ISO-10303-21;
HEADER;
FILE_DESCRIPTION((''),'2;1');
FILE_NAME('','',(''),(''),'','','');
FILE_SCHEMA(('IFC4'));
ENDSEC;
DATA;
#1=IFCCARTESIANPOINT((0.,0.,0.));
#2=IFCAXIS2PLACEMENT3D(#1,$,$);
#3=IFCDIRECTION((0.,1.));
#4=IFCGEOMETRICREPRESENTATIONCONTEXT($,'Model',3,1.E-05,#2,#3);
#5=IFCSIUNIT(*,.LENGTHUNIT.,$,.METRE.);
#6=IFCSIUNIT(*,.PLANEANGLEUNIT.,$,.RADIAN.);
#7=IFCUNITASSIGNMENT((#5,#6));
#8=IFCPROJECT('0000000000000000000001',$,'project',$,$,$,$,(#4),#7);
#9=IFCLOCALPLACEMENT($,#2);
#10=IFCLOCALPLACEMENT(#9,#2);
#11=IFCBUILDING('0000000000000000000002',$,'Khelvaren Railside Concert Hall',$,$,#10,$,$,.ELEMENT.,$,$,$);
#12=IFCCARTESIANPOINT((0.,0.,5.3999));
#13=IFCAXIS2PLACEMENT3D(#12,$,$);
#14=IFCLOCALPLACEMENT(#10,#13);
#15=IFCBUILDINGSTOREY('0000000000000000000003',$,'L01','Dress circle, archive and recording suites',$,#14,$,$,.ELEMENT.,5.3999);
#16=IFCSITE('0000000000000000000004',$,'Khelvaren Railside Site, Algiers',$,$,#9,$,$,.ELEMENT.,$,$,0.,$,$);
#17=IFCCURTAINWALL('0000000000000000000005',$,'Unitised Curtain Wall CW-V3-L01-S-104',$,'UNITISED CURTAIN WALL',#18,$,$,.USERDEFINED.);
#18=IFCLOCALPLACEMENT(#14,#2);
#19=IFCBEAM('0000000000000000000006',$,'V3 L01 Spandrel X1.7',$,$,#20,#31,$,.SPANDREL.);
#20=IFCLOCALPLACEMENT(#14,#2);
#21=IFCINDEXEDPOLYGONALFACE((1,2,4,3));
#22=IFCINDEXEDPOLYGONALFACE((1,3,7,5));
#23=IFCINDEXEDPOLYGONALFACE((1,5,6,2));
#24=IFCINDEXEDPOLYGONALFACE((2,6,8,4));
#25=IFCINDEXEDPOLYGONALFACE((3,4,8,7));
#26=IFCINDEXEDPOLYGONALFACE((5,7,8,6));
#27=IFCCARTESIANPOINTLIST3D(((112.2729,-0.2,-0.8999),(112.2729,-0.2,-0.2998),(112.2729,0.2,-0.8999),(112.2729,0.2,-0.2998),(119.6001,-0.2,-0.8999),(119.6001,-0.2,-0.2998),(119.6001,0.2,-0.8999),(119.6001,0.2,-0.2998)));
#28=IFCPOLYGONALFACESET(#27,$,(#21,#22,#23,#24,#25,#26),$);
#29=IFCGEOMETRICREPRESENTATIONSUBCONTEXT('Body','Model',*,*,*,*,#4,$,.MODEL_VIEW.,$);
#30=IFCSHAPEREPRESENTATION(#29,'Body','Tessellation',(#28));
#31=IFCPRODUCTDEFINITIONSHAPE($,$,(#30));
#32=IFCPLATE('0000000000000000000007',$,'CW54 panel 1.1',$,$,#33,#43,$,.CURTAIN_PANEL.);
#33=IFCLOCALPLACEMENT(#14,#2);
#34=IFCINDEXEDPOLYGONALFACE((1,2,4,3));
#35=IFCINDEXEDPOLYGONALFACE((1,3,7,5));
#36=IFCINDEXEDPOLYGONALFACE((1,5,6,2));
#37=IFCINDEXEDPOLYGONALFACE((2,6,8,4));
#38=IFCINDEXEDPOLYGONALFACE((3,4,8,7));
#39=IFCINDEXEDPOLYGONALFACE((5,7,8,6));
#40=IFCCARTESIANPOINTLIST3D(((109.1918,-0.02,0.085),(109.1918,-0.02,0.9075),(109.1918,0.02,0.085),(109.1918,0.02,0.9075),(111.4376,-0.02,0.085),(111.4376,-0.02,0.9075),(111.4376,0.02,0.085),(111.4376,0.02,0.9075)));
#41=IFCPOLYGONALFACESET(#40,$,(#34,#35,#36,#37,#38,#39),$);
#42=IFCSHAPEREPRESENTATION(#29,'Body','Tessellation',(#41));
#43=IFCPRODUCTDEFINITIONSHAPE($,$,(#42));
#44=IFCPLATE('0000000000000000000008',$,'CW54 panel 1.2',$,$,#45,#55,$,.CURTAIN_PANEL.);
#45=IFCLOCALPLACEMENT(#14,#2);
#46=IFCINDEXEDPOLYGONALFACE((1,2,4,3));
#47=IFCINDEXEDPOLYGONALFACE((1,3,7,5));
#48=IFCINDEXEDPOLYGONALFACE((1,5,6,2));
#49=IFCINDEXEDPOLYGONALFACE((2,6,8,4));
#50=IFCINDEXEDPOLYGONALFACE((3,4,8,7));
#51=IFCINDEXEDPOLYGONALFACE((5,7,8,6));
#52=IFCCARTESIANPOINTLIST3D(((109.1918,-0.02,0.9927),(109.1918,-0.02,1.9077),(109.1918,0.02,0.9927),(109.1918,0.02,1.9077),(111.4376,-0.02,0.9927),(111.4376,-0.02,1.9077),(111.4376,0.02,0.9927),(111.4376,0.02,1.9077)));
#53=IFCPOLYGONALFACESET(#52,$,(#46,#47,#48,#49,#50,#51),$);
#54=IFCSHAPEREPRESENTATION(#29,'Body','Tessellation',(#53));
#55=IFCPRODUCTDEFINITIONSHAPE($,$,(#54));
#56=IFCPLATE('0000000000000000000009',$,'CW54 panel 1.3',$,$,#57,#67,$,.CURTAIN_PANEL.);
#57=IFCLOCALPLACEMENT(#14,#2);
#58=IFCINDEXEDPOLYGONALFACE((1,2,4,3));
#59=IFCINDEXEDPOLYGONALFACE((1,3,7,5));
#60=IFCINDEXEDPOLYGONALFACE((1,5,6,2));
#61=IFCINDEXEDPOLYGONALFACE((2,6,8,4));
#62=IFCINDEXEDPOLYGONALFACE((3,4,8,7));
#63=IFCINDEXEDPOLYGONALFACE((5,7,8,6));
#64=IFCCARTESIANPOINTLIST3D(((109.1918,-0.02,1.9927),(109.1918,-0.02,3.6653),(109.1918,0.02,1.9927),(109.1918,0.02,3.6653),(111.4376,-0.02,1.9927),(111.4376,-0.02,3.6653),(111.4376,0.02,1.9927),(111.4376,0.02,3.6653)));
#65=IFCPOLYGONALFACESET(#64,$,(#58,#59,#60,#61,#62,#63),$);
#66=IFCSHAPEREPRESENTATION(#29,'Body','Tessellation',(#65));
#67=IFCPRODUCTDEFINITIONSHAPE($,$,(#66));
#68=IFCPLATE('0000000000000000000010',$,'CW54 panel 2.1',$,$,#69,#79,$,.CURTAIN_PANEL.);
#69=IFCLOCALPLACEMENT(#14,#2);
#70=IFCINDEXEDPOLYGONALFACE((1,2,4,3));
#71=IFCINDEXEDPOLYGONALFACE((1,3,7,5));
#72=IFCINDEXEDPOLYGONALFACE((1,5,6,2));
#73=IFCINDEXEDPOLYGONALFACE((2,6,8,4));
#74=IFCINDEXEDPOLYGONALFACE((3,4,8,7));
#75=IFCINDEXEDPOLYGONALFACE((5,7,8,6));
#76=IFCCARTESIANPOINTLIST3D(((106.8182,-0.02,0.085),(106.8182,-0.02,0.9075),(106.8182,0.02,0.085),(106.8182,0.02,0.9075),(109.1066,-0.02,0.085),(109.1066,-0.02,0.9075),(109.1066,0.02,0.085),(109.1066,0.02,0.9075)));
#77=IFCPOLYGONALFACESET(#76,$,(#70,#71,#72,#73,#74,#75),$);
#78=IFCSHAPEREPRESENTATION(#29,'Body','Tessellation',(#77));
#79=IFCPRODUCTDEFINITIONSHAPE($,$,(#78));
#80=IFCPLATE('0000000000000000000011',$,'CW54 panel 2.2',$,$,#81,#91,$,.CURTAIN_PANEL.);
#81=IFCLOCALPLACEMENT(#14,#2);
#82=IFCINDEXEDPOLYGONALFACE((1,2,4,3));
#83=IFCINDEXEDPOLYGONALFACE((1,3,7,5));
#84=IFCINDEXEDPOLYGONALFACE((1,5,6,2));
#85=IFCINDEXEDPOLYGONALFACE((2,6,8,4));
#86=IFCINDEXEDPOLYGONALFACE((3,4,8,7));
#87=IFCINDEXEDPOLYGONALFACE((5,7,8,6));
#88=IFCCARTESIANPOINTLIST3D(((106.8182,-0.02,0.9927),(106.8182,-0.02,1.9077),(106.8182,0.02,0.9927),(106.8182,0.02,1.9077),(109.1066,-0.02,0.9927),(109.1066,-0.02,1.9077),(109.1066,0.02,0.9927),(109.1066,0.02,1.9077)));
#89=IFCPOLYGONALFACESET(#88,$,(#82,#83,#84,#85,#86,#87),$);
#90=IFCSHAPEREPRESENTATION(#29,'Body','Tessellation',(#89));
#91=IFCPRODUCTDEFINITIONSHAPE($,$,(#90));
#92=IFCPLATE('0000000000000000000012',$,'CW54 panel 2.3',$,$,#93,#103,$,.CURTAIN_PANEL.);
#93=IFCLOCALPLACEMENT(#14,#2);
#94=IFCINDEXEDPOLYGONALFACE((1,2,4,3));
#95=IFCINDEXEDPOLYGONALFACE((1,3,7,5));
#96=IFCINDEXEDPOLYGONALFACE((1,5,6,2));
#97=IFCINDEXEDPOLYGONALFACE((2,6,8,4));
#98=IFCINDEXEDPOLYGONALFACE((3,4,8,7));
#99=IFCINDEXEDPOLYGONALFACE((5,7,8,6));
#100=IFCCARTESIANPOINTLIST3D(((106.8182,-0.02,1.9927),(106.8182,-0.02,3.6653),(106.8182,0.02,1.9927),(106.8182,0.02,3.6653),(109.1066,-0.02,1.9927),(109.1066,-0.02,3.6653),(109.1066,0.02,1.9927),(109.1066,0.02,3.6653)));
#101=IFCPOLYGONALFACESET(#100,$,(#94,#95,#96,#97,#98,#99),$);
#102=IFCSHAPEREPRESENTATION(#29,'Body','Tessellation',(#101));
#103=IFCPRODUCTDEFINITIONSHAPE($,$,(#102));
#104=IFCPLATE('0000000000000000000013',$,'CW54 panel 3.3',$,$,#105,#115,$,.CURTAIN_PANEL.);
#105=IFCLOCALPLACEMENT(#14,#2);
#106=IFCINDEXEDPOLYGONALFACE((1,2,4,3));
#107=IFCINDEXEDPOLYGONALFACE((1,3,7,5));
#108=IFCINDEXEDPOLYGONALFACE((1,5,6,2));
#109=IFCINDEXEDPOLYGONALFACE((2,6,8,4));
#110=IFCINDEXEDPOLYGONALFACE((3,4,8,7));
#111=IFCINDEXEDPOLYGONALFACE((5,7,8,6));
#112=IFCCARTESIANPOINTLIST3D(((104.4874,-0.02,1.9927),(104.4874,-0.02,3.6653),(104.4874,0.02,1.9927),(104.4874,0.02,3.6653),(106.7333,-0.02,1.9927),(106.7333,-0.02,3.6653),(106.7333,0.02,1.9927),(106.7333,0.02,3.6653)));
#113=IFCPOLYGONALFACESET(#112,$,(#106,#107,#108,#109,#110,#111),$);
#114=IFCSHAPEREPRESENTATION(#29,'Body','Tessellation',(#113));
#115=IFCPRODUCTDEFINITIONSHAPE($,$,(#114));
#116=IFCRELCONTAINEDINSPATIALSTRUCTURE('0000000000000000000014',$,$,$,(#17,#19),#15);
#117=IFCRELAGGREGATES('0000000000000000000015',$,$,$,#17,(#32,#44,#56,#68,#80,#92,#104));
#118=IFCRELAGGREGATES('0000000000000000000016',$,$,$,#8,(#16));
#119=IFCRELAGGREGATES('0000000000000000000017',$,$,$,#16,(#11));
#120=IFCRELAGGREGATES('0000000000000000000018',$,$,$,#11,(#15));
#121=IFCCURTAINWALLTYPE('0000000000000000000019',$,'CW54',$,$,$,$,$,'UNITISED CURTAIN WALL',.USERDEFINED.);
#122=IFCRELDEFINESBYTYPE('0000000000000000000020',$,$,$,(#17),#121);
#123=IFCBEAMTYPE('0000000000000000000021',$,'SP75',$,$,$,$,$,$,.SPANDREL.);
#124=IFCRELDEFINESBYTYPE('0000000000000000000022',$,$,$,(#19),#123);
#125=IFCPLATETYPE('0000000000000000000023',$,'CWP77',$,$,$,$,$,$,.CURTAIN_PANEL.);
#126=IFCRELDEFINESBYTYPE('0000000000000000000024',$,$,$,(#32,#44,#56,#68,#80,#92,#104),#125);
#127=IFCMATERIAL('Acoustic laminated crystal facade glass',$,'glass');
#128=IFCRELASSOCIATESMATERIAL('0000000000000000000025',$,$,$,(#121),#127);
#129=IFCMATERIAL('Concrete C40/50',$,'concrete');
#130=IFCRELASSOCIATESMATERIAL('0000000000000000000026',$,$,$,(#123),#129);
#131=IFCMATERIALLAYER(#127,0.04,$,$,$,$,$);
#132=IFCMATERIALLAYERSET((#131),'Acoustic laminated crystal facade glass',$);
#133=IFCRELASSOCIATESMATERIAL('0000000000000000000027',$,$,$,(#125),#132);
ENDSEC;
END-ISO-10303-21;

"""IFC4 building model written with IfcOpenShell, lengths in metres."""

from ifc_helpers import new_model, si_unit, direction, frame, origin, origin_2d, place, context, subcontext, project, spatial, rectangle, extrude, material, layer, layer_set, material_profile, profile_set, type_object, element, aggregate, save


model = new_model("IFC4")

# Units and contexts
model_context = context("Model", 3, precision=1e-05, world=origin(), true_north=direction((0.0, 1.0)))
body_context = subcontext(model_context, "Body", "Model", "MODEL_VIEW")
ifc_project = project(units=[si_unit("LENGTHUNIT", "METRE"), si_unit("PLANEANGLEUNIT", "RADIAN")], contexts=[model_context])

# Site, building, storey
site_placement = place(None, origin())
site = spatial("IfcSite", under=ifc_project, at=site_placement, Name="Khelvaren Railside Site, Algiers", CompositionType="ELEMENT", RefElevation=0.0)
building_placement = place(site_placement, origin())
building = spatial("IfcBuilding", under=site, at=building_placement, Name="Khelvaren Railside Concert Hall", CompositionType="ELEMENT")
storey_placement = place(building_placement, frame((0.0, 0.0, 5.3999)))
storey = spatial("IfcBuildingStorey", under=building, at=storey_placement, Name="L01", Description="Dress circle, archive and recording suites", CompositionType="ELEMENT", Elevation=5.3999)

# Curtain wall
ifc_material_1 = material(Name="Acoustic laminated crystal facade glass", Category="glass")
curtain_wall_type = type_object("IfcCurtainWallType", Name="CW54", ElementType="UNITISED CURTAIN WALL", PredefinedType="USERDEFINED", material=ifc_material_1)
curtain_wall_placement = place(storey_placement, origin())
curtain_wall = element("IfcCurtainWall", 1, at=curtain_wall_placement, inside=storey, type_object=curtain_wall_type, Name="Unitised Curtain Wall CW-V3-L01-S-104", ObjectType="UNITISED CURTAIN WALL", PredefinedType="USERDEFINED")

# Beam
ifc_material_2 = material(Name="Concrete C40/50", Category="concrete")
ifc_material_profile_1 = material_profile(ifc_material_2, rectangle(XDim=0.3999, YDim=0.6001, at=origin_2d()), Name="RCB 400x600")
ifc_profile_set_1 = profile_set([ifc_material_profile_1], Name="Concrete C40/50")
beam_type_1 = type_object("IfcBeamType", Name="SP75", PredefinedType="SPANDREL", material=ifc_profile_set_1)
beam_1_placement = place(storey_placement, frame((112.2729, 0.0, -0.5999), z_axis=(1.0, 0.0, 0.0), x_axis=(0.0, 1.0, 0.0)))
element("IfcBeam", 2, at=beam_1_placement, inside=storey, type_object=beam_type_1, Name="V3 L01 Spandrel X1.7", PredefinedType="SPANDREL", context=body_context, shape_type="SweptSolid", body=[
    extrude(rectangle(XDim=0.3999, YDim=0.6001, at=origin_2d()), origin(), (0.0, 0.0, 1.0), 7.3271),
])

# Plates
ifc_layer = layer(ifc_material_1, 0.04)
ifc_layer_set = layer_set([ifc_layer], Name="Acoustic laminated crystal facade glass")
plate_type = type_object("IfcPlateType", Name="CWP77", PredefinedType="CURTAIN_PANEL", material=ifc_layer_set)
plate_1_placement = place(storey_placement, frame((110.3147, 0.0, 0.085), z_axis=(0.0, 0.0, 1.0), x_axis=(-1.0, 0.0, 0.0)))
plate_1 = element("IfcPlate", 3, at=plate_1_placement, type_object=plate_type, Name="CW54 panel 1.1", PredefinedType="CURTAIN_PANEL", context=body_context, shape_type="SweptSolid", body=[
    extrude(rectangle(XDim=2.2458, YDim=0.04, at=origin_2d()), origin(), (0.0, 0.0, 1.0), 0.8225),
])
plate_2_placement = place(storey_placement, frame((110.3147, 0.0, 0.9927), z_axis=(0.0, 0.0, 1.0), x_axis=(-1.0, 0.0, 0.0)))
plate_2 = element("IfcPlate", 4, at=plate_2_placement, type_object=plate_type, Name="CW54 panel 1.2", PredefinedType="CURTAIN_PANEL", context=body_context, shape_type="SweptSolid", body=[
    extrude(rectangle(XDim=2.2458, YDim=0.04, at=origin_2d()), origin(), (0.0, 0.0, 1.0), 0.915),
])
plate_3_placement = place(storey_placement, frame((110.3147, 0.0, 1.9927), z_axis=(0.0, 0.0, 1.0), x_axis=(-1.0, 0.0, 0.0)))
plate_3 = element("IfcPlate", 5, at=plate_3_placement, type_object=plate_type, Name="CW54 panel 1.3", PredefinedType="CURTAIN_PANEL", context=body_context, shape_type="SweptSolid", body=[
    extrude(rectangle(XDim=2.2458, YDim=0.04, at=origin_2d()), origin(), (0.0, 0.0, 1.0), 1.6726),
])
plate_4_placement = place(storey_placement, frame((107.9624, 0.0, 0.085), z_axis=(0.0, 0.0, 1.0), x_axis=(-1.0, 0.0, 0.0)))
plate_4 = element("IfcPlate", 6, at=plate_4_placement, type_object=plate_type, Name="CW54 panel 2.1", PredefinedType="CURTAIN_PANEL", context=body_context, shape_type="SweptSolid", body=[
    extrude(rectangle(XDim=2.2883, YDim=0.04, at=origin_2d()), origin(), (0.0, 0.0, 1.0), 0.8225),
])
plate_5_placement = place(storey_placement, frame((107.9624, 0.0, 0.9927), z_axis=(0.0, 0.0, 1.0), x_axis=(-1.0, 0.0, 0.0)))
plate_5 = element("IfcPlate", 7, at=plate_5_placement, type_object=plate_type, Name="CW54 panel 2.2", PredefinedType="CURTAIN_PANEL", context=body_context, shape_type="SweptSolid", body=[
    extrude(rectangle(XDim=2.2883, YDim=0.04, at=origin_2d()), origin(), (0.0, 0.0, 1.0), 0.915),
])
plate_6_placement = place(storey_placement, frame((107.9624, 0.0, 1.9927), z_axis=(0.0, 0.0, 1.0), x_axis=(-1.0, 0.0, 0.0)))
plate_6 = element("IfcPlate", 8, at=plate_6_placement, type_object=plate_type, Name="CW54 panel 2.3", PredefinedType="CURTAIN_PANEL", context=body_context, shape_type="SweptSolid", body=[
    extrude(rectangle(XDim=2.2883, YDim=0.04, at=origin_2d()), origin(), (0.0, 0.0, 1.0), 1.6726),
])
plate_7_placement = place(storey_placement, frame((105.6104, 0.0, 1.9927), z_axis=(0.0, 0.0, 1.0), x_axis=(-1.0, 0.0, 0.0)))
plate_7 = element("IfcPlate", 9, at=plate_7_placement, type_object=plate_type, Name="CW54 panel 3.3", PredefinedType="CURTAIN_PANEL", context=body_context, shape_type="SweptSolid", body=[
    extrude(rectangle(XDim=2.2458, YDim=0.04, at=origin_2d()), origin(), (0.0, 0.0, 1.0), 1.6726),
])
aggregate(curtain_wall, [plate_1, plate_2, plate_3, plate_4, plate_5, plate_6, plate_7])

save(model, "model.ifc")
